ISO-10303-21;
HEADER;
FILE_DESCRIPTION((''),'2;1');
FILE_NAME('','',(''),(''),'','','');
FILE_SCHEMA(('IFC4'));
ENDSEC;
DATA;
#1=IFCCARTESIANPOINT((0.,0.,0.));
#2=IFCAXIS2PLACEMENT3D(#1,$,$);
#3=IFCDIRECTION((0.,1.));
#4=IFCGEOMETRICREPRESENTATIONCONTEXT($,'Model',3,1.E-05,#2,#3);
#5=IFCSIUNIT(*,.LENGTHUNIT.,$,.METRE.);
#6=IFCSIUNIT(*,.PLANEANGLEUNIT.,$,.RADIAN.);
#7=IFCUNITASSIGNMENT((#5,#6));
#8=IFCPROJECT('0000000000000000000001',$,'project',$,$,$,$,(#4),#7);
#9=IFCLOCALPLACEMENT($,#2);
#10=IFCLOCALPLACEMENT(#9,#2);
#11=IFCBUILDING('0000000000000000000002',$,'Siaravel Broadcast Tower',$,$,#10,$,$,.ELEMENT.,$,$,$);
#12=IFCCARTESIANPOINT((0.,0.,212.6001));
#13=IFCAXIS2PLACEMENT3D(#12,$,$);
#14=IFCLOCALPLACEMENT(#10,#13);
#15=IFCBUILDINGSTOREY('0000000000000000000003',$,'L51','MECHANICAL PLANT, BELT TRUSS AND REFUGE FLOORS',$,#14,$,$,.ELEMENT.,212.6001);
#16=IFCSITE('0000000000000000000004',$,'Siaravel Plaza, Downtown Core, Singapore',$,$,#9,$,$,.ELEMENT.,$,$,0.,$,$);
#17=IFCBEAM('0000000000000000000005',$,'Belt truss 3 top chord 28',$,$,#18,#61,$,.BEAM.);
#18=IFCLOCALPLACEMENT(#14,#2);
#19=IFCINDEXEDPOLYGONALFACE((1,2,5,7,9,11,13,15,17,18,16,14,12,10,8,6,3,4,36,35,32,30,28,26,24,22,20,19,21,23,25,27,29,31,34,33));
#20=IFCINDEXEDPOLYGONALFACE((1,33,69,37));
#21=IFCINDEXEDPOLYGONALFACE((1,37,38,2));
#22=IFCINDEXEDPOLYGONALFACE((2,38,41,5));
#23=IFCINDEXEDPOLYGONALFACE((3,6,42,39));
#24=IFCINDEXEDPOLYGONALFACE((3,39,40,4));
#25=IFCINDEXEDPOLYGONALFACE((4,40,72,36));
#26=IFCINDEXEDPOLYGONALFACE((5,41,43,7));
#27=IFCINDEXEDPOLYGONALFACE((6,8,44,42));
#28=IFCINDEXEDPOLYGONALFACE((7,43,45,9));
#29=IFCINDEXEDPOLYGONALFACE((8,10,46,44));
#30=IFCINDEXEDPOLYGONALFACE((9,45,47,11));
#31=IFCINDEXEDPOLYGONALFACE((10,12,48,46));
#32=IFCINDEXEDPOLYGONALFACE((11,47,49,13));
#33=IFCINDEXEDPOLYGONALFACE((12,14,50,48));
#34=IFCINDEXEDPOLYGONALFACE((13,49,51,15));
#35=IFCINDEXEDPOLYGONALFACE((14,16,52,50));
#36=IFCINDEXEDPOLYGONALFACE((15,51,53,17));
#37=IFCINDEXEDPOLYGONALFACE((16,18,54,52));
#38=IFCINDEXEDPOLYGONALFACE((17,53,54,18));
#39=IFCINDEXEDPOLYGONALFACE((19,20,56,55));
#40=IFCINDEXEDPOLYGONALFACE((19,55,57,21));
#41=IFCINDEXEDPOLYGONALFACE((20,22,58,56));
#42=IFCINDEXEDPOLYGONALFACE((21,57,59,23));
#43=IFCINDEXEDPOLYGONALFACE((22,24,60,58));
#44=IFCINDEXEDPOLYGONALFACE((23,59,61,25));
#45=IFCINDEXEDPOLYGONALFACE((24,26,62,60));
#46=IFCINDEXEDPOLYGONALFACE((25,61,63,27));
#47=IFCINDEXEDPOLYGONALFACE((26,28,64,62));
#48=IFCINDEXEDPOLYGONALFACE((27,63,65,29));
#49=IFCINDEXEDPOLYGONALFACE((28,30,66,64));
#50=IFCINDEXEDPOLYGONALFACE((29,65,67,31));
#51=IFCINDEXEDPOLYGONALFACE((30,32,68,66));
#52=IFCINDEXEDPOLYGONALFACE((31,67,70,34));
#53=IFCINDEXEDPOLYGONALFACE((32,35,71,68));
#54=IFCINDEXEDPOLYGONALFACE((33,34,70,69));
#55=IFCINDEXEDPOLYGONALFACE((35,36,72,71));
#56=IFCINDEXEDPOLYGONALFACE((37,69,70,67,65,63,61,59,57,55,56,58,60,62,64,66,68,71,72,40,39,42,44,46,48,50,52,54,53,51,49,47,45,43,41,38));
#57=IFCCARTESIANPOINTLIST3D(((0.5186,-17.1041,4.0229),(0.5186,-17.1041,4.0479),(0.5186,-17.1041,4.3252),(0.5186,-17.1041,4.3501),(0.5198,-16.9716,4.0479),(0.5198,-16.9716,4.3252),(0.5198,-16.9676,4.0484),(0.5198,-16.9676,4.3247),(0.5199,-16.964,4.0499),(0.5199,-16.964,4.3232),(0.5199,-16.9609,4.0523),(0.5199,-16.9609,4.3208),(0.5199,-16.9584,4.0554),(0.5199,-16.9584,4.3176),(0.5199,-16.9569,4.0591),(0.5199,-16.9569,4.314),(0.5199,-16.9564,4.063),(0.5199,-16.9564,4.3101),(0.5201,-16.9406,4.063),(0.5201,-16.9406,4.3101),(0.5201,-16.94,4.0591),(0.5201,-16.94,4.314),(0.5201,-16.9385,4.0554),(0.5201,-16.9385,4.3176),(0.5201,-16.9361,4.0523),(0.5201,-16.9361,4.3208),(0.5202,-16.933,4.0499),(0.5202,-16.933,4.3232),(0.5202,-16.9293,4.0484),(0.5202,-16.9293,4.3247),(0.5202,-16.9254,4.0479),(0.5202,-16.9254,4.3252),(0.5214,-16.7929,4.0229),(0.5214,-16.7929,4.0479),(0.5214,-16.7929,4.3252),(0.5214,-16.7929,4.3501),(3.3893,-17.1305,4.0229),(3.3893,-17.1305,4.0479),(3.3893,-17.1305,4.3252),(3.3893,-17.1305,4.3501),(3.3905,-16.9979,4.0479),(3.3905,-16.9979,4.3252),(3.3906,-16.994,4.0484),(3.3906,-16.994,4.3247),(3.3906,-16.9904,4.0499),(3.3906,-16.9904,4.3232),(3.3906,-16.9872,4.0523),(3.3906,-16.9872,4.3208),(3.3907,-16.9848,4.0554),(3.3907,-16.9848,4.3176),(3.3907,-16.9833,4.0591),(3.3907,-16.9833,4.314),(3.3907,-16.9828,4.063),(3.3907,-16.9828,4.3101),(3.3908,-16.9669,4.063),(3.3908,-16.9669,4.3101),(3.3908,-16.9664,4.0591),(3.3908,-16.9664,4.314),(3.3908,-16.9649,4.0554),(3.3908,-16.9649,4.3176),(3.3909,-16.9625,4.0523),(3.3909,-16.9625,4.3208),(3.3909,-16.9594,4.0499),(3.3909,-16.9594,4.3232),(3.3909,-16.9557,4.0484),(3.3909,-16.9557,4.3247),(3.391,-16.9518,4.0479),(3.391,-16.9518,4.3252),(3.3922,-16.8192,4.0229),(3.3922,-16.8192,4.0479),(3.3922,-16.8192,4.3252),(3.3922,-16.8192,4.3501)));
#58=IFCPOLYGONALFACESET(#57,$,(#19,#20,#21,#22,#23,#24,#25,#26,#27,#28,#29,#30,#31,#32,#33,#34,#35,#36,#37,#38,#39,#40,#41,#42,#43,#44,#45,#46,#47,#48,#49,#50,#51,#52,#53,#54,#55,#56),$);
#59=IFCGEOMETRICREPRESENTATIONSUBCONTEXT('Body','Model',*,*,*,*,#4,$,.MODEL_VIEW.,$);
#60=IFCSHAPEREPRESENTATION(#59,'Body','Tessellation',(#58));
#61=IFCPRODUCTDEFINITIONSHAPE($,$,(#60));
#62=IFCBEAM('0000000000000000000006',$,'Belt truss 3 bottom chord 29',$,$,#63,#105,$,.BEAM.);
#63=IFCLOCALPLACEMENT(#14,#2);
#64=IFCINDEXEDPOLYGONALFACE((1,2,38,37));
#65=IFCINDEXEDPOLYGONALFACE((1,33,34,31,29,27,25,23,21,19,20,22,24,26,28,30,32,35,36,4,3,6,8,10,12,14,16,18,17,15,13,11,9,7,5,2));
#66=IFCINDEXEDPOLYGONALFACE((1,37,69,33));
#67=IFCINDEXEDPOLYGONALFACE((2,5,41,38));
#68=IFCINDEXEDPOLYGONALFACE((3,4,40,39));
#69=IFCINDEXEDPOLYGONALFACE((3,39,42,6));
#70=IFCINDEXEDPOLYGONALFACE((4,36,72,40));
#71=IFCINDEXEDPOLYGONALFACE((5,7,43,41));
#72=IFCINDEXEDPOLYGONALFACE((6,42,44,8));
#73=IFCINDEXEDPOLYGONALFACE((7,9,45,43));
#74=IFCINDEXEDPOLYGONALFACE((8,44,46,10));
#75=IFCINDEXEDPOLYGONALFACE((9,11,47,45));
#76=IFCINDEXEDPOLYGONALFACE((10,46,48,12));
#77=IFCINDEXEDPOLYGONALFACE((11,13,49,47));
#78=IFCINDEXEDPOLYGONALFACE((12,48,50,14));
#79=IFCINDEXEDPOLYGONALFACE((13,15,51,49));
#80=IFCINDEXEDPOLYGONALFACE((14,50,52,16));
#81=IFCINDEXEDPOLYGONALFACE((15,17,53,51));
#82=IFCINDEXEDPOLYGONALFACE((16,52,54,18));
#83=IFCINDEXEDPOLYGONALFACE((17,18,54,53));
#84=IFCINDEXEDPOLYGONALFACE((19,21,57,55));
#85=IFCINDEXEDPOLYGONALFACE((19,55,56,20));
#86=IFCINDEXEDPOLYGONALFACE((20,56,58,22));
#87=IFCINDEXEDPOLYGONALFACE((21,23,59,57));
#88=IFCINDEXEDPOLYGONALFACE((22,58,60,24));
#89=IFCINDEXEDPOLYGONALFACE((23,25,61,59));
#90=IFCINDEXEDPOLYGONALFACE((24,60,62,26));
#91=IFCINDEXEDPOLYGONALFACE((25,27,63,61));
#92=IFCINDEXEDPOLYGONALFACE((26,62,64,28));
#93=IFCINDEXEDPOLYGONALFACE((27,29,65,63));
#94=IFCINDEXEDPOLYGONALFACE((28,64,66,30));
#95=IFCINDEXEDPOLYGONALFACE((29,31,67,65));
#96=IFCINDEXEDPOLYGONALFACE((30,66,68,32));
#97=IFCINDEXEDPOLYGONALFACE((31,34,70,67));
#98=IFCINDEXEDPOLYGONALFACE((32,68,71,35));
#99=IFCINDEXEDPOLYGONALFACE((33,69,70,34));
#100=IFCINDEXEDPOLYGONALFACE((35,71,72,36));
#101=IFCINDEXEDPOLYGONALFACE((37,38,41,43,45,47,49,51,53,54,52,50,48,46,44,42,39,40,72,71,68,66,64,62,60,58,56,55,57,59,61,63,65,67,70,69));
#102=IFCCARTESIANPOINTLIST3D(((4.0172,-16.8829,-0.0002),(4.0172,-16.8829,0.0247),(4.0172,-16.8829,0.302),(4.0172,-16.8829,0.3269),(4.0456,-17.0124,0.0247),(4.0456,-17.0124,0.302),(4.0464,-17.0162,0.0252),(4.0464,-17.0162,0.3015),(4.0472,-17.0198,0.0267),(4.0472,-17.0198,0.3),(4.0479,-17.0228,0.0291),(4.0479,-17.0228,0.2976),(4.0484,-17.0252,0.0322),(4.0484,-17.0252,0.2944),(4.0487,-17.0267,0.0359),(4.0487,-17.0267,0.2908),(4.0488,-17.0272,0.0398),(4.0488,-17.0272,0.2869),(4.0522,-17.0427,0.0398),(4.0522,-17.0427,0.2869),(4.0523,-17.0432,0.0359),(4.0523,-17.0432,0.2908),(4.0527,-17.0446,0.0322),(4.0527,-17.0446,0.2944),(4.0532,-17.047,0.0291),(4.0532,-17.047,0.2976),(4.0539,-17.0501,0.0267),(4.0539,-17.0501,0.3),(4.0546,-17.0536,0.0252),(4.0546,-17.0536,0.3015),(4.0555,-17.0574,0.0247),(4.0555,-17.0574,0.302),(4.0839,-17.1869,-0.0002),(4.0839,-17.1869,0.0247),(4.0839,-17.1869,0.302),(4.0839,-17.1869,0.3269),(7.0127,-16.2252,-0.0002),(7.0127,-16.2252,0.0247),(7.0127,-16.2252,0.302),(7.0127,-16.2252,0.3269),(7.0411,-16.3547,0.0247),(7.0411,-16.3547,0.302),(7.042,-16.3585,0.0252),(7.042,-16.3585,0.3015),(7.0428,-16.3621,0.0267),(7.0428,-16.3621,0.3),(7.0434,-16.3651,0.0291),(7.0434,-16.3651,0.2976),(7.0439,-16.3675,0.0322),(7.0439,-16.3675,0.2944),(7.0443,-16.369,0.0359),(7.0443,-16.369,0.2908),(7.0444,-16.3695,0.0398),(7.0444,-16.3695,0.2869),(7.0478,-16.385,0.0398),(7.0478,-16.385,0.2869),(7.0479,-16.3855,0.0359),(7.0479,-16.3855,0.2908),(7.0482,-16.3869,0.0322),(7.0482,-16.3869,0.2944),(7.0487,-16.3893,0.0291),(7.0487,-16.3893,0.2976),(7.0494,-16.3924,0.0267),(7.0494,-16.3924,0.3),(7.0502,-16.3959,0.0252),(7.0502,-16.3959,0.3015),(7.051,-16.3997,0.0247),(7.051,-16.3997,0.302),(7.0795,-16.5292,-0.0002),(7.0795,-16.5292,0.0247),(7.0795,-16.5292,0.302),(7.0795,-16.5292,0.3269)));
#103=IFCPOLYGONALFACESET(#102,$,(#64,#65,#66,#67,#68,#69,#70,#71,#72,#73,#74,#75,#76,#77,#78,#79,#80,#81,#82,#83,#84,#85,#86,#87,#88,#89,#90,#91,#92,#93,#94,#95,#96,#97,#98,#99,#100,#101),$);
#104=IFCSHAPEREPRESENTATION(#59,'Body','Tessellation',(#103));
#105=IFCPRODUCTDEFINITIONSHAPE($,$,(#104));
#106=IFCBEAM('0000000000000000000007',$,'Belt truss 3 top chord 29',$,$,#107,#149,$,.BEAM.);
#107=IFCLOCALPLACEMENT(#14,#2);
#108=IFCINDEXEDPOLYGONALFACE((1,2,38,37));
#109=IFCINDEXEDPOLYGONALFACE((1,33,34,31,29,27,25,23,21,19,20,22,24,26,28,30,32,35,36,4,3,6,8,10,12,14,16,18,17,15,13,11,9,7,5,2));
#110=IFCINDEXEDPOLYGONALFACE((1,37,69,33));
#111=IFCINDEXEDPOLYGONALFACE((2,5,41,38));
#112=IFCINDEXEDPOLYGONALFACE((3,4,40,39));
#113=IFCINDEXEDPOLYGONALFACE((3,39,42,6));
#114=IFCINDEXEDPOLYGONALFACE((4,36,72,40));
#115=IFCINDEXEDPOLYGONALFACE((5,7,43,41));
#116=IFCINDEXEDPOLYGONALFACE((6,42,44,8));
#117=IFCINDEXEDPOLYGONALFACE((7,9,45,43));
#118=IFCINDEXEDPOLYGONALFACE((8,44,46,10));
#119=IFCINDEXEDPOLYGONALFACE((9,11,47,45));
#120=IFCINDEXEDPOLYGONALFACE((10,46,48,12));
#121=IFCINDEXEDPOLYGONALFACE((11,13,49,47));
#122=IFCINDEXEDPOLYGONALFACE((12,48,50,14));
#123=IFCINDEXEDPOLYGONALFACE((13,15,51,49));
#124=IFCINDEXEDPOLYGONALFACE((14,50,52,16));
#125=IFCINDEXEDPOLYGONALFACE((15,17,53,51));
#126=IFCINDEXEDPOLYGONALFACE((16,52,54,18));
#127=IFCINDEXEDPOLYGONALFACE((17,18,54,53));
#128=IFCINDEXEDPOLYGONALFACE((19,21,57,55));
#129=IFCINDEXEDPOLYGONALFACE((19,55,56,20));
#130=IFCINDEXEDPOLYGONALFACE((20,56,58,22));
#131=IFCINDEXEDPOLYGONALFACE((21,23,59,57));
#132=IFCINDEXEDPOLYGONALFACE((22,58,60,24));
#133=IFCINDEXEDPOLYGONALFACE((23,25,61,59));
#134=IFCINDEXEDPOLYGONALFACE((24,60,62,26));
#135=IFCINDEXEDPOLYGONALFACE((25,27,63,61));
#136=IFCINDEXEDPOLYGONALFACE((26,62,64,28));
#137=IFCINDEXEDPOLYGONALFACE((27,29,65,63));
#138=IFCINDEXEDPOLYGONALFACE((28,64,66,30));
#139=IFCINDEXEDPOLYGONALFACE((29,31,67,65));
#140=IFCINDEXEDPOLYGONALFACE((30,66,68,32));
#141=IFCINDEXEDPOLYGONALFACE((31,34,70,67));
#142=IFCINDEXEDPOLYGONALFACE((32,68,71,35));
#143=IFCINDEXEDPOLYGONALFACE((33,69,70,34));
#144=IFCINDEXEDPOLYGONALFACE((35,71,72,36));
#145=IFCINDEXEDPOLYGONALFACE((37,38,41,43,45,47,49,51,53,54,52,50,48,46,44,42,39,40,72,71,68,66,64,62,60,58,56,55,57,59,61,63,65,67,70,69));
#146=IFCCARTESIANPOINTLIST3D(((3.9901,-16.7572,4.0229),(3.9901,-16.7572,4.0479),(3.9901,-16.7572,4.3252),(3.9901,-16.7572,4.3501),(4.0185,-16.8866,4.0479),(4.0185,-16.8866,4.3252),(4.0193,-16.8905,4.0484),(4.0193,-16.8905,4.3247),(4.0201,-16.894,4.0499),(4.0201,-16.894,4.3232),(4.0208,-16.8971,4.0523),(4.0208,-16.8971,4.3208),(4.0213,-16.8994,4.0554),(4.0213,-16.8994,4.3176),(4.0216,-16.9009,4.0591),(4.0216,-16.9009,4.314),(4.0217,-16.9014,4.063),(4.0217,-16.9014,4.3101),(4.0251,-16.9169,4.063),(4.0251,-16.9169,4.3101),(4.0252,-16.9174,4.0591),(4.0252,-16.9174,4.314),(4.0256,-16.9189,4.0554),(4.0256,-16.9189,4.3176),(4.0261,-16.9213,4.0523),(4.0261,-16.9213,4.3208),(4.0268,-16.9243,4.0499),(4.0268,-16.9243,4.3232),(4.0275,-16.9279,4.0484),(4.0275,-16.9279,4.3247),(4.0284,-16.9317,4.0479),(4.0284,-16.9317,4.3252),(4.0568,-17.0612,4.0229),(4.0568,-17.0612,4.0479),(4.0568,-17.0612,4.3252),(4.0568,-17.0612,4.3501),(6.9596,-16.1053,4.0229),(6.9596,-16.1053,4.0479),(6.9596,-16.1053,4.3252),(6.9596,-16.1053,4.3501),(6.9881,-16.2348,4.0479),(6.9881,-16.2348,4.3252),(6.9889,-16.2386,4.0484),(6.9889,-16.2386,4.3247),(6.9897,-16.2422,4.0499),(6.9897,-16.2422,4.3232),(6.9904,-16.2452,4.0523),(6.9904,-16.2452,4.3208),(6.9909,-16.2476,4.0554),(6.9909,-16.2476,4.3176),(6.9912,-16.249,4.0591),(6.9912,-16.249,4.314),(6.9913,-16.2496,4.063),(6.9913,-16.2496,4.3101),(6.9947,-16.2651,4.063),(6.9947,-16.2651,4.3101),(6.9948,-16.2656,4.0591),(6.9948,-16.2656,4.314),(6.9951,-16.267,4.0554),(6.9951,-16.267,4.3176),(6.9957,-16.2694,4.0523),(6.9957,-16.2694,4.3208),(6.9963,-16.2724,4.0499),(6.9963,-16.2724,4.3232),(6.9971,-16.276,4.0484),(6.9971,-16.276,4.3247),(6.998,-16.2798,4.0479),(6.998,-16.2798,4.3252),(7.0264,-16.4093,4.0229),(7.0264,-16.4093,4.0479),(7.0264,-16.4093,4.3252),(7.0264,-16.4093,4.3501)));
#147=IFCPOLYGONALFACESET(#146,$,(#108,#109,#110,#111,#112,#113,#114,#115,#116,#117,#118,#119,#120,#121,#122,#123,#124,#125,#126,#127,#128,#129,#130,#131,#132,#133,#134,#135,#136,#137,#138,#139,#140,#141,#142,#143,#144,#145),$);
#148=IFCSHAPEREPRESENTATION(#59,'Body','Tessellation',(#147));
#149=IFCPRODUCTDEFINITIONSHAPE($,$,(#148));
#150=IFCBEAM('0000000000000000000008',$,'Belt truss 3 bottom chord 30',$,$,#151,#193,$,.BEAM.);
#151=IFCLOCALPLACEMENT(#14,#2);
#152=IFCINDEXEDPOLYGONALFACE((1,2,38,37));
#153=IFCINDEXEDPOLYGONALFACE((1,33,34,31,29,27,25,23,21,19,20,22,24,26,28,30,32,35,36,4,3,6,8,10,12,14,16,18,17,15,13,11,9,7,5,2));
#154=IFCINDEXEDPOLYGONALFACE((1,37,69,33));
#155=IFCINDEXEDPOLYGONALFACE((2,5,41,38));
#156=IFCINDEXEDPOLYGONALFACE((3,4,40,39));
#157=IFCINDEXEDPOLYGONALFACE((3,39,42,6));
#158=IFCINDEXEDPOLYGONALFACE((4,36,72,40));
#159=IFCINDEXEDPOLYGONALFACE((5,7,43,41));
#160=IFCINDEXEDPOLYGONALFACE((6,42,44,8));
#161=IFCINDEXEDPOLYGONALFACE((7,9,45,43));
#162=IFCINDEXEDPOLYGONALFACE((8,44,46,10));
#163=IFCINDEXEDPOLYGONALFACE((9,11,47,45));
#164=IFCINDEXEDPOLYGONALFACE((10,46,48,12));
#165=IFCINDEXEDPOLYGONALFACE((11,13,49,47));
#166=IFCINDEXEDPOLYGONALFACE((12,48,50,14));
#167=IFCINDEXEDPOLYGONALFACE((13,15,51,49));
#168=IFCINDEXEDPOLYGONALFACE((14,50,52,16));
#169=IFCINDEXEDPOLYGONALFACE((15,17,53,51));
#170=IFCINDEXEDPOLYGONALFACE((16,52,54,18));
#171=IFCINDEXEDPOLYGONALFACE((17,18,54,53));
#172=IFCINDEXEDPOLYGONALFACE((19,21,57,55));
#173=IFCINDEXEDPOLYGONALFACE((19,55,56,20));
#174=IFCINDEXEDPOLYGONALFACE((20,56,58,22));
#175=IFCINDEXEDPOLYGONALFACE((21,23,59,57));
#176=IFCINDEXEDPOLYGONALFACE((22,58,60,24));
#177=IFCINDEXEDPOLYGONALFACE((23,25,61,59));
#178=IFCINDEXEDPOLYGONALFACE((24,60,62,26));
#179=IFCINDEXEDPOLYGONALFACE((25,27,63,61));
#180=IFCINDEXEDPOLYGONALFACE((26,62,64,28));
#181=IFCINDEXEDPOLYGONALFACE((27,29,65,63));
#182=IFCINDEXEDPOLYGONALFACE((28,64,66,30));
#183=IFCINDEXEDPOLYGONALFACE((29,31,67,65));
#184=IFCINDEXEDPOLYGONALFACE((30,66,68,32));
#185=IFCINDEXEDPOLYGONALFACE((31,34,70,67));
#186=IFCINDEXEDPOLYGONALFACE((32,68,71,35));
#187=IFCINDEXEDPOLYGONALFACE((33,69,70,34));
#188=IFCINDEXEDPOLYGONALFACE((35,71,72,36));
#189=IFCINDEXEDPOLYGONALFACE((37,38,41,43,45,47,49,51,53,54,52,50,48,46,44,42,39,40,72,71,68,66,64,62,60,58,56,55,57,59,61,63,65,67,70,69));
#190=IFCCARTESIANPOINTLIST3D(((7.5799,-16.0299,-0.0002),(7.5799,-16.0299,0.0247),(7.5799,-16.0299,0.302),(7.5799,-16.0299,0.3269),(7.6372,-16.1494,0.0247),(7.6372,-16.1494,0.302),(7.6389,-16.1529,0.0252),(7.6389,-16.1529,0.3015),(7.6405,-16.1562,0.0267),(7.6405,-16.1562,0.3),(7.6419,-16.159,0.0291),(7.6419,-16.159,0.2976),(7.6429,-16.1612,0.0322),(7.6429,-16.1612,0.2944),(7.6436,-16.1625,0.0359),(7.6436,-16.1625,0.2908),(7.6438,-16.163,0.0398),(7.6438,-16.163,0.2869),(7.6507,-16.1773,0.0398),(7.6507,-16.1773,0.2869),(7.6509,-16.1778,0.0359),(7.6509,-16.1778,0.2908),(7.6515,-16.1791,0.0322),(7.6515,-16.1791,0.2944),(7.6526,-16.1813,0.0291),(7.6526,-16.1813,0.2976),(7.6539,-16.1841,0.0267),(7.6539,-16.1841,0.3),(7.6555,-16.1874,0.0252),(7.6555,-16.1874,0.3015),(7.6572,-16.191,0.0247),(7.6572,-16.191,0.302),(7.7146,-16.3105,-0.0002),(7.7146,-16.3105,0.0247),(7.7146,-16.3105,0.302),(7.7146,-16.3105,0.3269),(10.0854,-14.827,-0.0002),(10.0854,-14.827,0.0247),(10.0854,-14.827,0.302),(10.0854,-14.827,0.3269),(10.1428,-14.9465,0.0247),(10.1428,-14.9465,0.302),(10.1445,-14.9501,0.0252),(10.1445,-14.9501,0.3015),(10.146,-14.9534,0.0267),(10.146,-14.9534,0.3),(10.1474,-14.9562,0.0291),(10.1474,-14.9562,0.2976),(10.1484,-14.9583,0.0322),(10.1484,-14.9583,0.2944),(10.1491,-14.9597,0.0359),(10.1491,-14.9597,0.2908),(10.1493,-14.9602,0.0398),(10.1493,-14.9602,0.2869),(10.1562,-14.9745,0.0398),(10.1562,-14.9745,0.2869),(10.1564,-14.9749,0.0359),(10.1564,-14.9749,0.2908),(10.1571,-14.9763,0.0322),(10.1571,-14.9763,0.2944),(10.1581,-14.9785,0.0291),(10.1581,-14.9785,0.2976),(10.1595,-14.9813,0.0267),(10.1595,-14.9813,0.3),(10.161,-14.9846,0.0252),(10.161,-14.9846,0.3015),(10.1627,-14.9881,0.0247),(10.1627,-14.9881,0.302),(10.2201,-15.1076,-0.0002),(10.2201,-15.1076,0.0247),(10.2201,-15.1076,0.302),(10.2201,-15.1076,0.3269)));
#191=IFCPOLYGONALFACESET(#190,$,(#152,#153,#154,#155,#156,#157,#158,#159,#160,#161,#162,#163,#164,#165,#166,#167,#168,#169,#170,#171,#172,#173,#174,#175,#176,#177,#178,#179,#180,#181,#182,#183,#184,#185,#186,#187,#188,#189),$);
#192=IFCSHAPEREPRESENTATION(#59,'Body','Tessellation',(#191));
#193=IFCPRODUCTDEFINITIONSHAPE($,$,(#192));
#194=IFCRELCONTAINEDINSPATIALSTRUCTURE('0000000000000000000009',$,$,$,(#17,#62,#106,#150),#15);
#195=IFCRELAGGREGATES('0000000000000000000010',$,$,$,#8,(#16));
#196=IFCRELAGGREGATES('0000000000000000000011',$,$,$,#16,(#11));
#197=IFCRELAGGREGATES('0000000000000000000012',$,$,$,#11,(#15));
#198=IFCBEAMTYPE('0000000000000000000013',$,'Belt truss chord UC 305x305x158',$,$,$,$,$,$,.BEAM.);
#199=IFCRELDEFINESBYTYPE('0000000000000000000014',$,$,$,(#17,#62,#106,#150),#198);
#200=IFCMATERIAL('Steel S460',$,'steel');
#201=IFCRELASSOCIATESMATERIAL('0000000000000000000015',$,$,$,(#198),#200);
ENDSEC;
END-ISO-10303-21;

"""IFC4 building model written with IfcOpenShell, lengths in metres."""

from ifc_helpers import new_model, si_unit, direction, frame, origin, origin_2d, place, context, subcontext, project, spatial, i_section, extrude, material, material_profile, profile_set, type_object, element, save


model = new_model("IFC4")

# Units and contexts
model_context = context("Model", 3, precision=1e-05, world=origin(), true_north=direction((0.0, 1.0)))
body_context = subcontext(model_context, "Body", "Model", "MODEL_VIEW")
ifc_project = project(units=[si_unit("LENGTHUNIT", "METRE"), si_unit("PLANEANGLEUNIT", "RADIAN")], contexts=[model_context])

# Site, building, storey
site_placement = place(None, origin())
site = spatial("IfcSite", under=ifc_project, at=site_placement, Name="Siaravel Plaza, Downtown Core, Singapore", CompositionType="ELEMENT", RefElevation=0.0)
building_placement = place(site_placement, origin())
building = spatial("IfcBuilding", under=site, at=building_placement, Name="Siaravel Broadcast Tower", CompositionType="ELEMENT")
storey_placement = place(building_placement, frame((0.0, 0.0, 212.6001)))
storey = spatial("IfcBuildingStorey", under=building, at=storey_placement, Name="L51", Description="MECHANICAL PLANT, BELT TRUSS AND REFUGE FLOORS", CompositionType="ELEMENT", Elevation=212.6001)

# Beams
ifc_material_1 = material(Name="Steel S460", Category="steel")
ifc_material_profile_1 = material_profile(ifc_material_1, i_section(OverallWidth=0.3113, OverallDepth=0.3271, WebThickness=0.0159, FlangeThickness=0.0249, FilletRadius=0.0151, at=origin_2d()))
ifc_profile_set_1 = profile_set([ifc_material_profile_1], Name="Steel S460")
beam_type_1 = type_object("IfcBeamType", Name="Belt truss chord UC 305x305x158", PredefinedType="BEAM", material=ifc_profile_set_1)
beam_1_placement = place(storey_placement, frame((0.52, -16.9485, 4.1865), z_axis=(0.999958, -0.009184, 0.0), x_axis=(0.009184, 0.999958, 0.0)))
element("IfcBeam", 1, at=beam_1_placement, inside=storey, type_object=beam_type_1, Name="Belt truss 3 top chord 28", PredefinedType="BEAM", context=body_context, shape_type="SweptSolid", body=[
    extrude(i_section(OverallWidth=0.3113, OverallDepth=0.3271, WebThickness=0.0159, FlangeThickness=0.0249, FilletRadius=0.0151, at=origin_2d()), origin(), (0.0, 0.0, 1.0), 2.8708),
])
beam_2_placement = place(storey_placement, frame((4.0505, -17.0349, 0.1633), z_axis=(0.976735, 0.214452, 0.0), x_axis=(-0.214452, 0.976735, 0.0)))
element("IfcBeam", 2, at=beam_2_placement, inside=storey, type_object=beam_type_1, Name="Belt truss 3 bottom chord 29", PredefinedType="BEAM", context=body_context, shape_type="SweptSolid", body=[
    extrude(i_section(OverallWidth=0.3113, OverallDepth=0.3271, WebThickness=0.0159, FlangeThickness=0.0249, FilletRadius=0.0151, at=origin_2d()), origin(), (0.0, 0.0, 1.0), 3.0669),
])
beam_3_placement = place(storey_placement, frame((4.0234, -16.9092, 4.1865), z_axis=(0.976743, 0.214413, 0.0), x_axis=(-0.214413, 0.976743, 0.0)))
element("IfcBeam", 3, at=beam_3_placement, inside=storey, type_object=beam_type_1, Name="Belt truss 3 top chord 29", PredefinedType="BEAM", context=body_context, shape_type="SweptSolid", body=[
    extrude(i_section(OverallWidth=0.3113, OverallDepth=0.3271, WebThickness=0.0159, FlangeThickness=0.0249, FilletRadius=0.0151, at=origin_2d()), origin(), (0.0, 0.0, 1.0), 3.0403),
])
beam_4_placement = place(storey_placement, frame((7.6472, -16.1702, 0.1633), z_axis=(0.901497, 0.432785, 0.0), x_axis=(-0.432785, 0.901497, 0.0)))
element("IfcBeam", 4, at=beam_4_placement, inside=storey, type_object=beam_type_1, Name="Belt truss 3 bottom chord 30", PredefinedType="BEAM", context=body_context, shape_type="SweptSolid", body=[
    extrude(i_section(OverallWidth=0.3113, OverallDepth=0.3271, WebThickness=0.0159, FlangeThickness=0.0249, FilletRadius=0.0151, at=origin_2d()), origin(), (0.0, 0.0, 1.0), 2.7793),
])

save(model, "model.ifc")
